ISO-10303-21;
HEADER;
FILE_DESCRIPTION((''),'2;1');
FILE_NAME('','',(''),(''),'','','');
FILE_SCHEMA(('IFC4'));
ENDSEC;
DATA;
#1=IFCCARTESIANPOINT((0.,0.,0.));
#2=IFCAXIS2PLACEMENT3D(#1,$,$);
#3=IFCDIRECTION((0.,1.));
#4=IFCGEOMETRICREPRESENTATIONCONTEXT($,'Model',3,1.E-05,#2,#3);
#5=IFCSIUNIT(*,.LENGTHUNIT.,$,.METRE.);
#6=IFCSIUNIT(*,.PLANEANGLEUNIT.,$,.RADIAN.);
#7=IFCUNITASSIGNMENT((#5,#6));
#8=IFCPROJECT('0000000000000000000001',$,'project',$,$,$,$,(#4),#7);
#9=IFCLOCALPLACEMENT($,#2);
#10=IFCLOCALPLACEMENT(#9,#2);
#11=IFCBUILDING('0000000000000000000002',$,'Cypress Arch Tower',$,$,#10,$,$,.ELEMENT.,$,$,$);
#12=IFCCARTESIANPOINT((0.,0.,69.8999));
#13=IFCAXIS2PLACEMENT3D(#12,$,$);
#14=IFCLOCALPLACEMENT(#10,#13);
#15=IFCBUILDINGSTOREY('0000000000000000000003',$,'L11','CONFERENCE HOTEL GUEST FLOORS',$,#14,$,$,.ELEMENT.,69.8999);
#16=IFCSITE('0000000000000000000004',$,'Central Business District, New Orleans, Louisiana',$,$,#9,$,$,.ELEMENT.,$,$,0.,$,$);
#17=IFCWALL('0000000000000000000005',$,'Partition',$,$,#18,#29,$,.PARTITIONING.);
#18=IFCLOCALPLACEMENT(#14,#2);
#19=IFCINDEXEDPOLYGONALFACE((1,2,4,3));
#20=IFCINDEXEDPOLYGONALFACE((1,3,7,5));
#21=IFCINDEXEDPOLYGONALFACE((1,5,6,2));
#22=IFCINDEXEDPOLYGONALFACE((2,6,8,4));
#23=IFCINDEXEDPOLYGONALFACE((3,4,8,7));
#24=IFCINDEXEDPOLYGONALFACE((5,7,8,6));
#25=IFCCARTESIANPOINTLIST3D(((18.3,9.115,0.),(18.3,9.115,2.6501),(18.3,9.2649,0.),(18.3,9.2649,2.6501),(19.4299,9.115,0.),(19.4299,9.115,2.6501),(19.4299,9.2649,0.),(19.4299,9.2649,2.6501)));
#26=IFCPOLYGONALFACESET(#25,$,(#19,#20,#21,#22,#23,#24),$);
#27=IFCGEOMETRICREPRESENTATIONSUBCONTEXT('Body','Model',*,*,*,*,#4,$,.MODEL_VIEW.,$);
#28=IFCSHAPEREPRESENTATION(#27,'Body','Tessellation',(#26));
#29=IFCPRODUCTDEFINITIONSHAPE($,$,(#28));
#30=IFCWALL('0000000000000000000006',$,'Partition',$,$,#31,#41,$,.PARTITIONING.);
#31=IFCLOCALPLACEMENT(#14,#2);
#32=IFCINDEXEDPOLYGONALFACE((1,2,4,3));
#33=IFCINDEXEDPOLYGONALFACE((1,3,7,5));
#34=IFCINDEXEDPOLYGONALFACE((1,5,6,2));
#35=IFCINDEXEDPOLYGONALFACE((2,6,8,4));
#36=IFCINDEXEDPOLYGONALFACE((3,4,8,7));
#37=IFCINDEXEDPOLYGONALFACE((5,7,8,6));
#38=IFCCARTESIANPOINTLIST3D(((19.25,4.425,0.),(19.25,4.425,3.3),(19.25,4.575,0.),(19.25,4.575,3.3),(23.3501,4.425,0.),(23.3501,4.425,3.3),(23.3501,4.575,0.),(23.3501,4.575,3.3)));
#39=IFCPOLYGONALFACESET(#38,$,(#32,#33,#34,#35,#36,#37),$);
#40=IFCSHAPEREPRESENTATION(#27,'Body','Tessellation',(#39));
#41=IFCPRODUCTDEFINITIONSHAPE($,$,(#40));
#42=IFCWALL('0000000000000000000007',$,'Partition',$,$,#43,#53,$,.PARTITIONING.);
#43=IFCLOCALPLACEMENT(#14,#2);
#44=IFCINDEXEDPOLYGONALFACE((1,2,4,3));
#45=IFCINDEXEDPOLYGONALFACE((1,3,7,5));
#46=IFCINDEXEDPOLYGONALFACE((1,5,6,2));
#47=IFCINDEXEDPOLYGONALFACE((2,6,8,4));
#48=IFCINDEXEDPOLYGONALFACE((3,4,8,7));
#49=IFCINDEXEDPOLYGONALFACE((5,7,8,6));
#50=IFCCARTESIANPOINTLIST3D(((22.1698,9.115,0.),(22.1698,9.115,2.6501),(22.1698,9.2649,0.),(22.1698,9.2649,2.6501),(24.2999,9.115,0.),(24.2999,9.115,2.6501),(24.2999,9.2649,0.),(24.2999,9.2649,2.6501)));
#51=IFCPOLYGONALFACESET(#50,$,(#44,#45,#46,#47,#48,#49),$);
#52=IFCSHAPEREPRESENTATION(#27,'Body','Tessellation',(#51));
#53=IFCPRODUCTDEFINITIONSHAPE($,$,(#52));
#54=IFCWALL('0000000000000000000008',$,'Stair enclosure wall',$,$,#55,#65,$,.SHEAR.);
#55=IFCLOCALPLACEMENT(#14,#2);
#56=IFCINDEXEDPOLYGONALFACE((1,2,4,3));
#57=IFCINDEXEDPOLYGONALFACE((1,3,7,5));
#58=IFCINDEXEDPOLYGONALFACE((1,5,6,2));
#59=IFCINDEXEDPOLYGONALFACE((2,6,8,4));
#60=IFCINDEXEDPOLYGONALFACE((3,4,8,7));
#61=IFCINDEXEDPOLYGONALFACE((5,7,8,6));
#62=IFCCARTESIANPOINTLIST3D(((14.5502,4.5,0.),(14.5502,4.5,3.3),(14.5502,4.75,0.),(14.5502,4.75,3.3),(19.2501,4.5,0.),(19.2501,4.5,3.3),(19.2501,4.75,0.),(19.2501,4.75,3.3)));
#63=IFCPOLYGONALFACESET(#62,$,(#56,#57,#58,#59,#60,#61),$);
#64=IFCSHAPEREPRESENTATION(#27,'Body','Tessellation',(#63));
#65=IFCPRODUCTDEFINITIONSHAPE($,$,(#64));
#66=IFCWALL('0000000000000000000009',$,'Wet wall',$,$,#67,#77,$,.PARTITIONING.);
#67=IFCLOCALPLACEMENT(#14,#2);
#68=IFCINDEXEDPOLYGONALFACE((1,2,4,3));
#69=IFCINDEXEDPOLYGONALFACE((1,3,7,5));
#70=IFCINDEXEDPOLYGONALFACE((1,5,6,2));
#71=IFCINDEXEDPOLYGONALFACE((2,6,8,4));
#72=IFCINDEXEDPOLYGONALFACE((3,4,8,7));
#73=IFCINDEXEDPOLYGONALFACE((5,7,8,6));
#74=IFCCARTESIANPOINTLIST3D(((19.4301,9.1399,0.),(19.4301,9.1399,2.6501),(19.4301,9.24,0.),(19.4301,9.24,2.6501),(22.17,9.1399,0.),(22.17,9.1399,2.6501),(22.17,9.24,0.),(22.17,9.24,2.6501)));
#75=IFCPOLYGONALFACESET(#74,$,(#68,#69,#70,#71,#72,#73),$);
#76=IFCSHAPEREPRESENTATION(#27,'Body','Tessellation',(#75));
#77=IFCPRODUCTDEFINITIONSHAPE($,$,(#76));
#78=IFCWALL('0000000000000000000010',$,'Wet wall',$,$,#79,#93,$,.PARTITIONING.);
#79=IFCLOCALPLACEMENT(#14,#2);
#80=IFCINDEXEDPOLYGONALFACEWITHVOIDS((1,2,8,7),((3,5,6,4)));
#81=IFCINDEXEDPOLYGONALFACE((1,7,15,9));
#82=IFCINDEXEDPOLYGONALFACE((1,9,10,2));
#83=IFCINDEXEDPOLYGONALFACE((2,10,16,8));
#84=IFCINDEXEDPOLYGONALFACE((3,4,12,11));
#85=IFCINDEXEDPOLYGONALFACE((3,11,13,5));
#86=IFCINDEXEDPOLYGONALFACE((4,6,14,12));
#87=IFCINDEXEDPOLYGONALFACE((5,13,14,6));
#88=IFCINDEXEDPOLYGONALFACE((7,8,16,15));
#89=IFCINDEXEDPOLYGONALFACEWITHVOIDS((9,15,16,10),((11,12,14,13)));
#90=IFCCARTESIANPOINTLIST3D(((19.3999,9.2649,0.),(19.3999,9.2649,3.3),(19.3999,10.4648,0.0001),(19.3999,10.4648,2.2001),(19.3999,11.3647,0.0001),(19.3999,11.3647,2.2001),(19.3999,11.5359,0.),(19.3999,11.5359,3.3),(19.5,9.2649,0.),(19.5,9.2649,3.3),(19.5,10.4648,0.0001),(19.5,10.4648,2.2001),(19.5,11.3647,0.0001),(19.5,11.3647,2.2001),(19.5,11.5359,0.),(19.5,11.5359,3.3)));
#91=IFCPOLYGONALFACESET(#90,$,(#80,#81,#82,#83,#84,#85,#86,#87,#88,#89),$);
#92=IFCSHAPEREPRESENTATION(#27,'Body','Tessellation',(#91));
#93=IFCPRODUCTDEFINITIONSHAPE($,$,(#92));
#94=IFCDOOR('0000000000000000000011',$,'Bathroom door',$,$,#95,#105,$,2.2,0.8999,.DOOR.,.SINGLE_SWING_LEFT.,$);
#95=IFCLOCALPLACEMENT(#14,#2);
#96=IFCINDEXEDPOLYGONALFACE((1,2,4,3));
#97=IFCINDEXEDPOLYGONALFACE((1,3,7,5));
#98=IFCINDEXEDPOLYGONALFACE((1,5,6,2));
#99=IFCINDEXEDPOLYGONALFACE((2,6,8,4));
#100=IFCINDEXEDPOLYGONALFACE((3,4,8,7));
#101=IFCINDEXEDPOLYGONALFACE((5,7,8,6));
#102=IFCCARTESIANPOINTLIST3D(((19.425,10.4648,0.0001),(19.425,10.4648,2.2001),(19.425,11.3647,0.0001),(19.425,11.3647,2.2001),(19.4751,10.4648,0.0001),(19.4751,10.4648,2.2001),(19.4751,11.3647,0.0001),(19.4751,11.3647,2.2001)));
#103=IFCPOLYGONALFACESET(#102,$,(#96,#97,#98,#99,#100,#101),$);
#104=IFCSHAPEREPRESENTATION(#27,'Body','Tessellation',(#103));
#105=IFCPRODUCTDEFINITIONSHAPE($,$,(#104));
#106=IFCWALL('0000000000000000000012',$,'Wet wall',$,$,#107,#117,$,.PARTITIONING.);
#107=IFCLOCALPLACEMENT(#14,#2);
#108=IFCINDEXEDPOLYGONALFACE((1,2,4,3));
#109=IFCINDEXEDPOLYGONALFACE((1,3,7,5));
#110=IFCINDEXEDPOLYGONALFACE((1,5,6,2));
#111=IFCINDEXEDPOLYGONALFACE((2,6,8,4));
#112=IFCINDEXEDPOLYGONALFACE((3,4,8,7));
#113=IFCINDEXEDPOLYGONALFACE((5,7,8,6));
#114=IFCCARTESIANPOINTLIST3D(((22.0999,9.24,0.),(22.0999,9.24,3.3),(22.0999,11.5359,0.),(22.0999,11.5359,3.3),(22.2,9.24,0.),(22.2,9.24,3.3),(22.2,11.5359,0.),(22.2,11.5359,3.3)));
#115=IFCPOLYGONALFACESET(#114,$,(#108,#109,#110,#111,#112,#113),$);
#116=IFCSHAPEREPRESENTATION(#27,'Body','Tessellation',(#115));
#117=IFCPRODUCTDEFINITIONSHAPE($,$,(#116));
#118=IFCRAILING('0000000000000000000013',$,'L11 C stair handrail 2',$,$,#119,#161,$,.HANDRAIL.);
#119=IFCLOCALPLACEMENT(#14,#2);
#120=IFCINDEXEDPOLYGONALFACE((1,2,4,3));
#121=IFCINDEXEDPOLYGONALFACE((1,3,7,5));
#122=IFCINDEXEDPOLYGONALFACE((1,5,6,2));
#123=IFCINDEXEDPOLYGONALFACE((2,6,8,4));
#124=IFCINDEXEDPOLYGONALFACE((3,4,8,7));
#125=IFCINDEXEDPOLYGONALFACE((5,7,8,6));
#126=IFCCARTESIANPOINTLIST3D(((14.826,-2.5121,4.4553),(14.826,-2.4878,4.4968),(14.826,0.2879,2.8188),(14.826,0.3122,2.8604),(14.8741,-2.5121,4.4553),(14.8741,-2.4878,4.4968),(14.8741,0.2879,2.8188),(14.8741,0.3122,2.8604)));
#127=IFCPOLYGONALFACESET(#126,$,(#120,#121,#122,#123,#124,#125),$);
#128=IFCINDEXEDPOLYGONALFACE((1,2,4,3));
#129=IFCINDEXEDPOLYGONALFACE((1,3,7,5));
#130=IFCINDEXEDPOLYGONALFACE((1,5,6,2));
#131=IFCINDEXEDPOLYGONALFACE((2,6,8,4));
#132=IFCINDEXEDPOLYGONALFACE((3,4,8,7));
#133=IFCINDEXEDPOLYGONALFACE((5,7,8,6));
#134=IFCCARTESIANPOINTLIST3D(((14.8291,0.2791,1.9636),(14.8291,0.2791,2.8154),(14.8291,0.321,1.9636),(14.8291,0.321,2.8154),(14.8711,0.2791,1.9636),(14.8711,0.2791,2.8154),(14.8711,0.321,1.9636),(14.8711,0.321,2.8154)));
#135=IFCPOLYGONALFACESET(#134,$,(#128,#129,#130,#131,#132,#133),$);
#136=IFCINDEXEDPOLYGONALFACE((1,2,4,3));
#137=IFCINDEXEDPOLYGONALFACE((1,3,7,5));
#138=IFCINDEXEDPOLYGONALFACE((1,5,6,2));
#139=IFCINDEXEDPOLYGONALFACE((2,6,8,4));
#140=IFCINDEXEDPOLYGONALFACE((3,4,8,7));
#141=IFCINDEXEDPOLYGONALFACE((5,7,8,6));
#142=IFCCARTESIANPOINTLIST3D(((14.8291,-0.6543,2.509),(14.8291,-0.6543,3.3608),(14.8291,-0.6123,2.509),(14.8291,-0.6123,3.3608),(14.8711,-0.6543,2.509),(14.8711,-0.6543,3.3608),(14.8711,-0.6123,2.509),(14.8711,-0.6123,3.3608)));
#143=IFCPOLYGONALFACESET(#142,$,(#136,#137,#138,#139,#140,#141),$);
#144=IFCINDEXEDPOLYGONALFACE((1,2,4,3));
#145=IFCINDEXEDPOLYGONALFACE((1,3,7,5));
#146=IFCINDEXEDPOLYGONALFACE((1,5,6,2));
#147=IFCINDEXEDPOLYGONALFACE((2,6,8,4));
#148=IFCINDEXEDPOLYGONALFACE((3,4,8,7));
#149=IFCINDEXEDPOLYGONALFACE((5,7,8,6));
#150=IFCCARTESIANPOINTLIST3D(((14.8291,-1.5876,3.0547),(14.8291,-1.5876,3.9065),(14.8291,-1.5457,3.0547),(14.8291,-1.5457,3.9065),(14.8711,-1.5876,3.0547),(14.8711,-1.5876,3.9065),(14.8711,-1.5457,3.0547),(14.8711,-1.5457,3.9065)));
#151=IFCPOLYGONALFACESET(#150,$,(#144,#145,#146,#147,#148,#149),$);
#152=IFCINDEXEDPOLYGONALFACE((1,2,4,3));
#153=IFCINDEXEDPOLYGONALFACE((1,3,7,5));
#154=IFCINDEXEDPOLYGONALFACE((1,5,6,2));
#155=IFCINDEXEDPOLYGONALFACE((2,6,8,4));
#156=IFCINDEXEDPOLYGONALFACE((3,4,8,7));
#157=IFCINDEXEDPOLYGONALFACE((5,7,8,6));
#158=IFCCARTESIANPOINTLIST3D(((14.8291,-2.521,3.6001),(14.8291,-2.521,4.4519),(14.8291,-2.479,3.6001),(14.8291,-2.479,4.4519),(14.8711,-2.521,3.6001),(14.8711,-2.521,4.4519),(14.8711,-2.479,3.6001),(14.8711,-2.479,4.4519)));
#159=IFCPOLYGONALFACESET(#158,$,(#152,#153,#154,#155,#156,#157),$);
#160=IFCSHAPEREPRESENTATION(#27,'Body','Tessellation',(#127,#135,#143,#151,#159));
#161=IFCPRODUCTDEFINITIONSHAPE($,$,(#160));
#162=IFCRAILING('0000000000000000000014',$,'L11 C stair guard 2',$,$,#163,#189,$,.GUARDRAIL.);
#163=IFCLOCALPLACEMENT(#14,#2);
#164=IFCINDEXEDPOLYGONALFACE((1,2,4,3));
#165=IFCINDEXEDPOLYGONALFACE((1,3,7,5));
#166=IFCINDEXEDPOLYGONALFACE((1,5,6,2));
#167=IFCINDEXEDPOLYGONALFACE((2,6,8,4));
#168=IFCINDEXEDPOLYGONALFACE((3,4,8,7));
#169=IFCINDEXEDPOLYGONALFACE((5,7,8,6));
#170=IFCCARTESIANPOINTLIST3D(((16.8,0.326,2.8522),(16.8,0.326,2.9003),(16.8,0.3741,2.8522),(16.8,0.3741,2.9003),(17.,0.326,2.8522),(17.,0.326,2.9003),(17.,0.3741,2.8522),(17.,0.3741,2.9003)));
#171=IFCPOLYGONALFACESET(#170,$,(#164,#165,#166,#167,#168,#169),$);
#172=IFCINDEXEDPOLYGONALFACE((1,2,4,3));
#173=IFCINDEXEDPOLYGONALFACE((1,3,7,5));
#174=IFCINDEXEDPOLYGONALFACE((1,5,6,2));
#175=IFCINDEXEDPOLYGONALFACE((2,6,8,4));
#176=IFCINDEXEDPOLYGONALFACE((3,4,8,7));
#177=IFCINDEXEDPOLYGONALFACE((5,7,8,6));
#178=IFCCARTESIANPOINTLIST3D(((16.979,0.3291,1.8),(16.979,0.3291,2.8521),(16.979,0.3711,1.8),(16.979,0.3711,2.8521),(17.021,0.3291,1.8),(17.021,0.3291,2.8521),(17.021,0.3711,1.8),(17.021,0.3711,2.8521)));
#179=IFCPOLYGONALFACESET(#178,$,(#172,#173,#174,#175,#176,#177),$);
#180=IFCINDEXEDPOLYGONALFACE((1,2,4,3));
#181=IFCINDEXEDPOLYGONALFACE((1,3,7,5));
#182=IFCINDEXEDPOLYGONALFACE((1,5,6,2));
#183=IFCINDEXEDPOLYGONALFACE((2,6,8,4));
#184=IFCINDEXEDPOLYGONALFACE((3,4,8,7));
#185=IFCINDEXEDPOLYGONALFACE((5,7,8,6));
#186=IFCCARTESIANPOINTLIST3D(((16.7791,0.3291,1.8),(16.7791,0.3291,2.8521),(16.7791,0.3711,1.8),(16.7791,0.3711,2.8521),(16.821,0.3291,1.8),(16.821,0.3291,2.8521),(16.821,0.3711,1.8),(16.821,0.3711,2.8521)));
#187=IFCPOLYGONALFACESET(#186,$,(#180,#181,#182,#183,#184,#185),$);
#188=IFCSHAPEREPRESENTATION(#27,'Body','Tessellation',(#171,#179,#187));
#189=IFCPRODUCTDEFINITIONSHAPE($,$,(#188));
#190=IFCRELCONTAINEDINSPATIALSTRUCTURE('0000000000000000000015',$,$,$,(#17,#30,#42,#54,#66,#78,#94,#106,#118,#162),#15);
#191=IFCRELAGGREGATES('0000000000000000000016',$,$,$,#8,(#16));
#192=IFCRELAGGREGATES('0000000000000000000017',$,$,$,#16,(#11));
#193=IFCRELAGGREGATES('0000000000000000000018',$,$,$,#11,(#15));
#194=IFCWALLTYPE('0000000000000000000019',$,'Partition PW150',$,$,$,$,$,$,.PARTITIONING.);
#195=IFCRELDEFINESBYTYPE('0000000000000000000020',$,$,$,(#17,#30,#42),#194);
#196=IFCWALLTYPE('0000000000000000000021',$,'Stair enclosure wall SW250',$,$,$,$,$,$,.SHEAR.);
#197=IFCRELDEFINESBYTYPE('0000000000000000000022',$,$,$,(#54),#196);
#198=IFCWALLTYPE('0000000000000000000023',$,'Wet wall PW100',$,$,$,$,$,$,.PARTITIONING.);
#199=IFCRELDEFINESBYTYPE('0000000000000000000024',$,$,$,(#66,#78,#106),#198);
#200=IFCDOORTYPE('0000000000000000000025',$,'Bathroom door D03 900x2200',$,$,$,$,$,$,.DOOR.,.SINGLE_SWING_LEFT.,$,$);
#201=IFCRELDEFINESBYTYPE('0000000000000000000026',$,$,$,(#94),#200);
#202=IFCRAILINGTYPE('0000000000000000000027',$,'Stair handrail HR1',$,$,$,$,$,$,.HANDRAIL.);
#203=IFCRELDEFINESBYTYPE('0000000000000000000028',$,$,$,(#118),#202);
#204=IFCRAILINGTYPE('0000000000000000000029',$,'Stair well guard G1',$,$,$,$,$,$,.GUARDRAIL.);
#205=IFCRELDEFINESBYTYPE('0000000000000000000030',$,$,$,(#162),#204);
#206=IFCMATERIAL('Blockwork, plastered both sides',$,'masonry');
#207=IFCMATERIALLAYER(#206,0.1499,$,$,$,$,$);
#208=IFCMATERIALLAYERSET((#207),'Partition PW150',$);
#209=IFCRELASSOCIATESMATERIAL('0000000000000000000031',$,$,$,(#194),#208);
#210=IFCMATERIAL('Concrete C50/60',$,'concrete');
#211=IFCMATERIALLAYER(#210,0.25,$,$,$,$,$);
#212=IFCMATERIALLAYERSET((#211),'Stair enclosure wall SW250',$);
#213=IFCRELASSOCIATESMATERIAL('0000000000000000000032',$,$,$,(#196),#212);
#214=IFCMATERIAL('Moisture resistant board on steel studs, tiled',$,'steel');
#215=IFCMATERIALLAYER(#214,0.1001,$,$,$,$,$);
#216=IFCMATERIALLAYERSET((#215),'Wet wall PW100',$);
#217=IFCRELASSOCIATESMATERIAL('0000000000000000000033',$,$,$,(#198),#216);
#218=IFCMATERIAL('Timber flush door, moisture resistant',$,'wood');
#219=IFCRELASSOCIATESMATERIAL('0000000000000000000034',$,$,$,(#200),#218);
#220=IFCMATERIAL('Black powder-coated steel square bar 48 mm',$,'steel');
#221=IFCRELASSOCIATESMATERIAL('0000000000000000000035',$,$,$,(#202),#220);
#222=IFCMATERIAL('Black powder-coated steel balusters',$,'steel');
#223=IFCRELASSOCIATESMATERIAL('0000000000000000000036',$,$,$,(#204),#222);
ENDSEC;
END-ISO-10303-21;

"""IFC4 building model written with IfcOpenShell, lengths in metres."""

from ifc_helpers import new_model, si_unit, direction, frame, frame_2d, origin, origin_2d, place, context, subcontext, project, spatial, rectangle, extrude, material, layer, layer_set, type_object, element, fill, save


model = new_model("IFC4")

# Units and contexts
model_context = context("Model", 3, precision=1e-05, world=origin(), true_north=direction((0.0, 1.0)))
body_context = subcontext(model_context, "Body", "Model", "MODEL_VIEW")
ifc_project = project(units=[si_unit("LENGTHUNIT", "METRE"), si_unit("PLANEANGLEUNIT", "RADIAN")], contexts=[model_context])

# Site, building, storey
site_placement = place(None, origin())
site = spatial("IfcSite", under=ifc_project, at=site_placement, Name="Central Business District, New Orleans, Louisiana", CompositionType="ELEMENT", RefElevation=0.0)
building_placement = place(site_placement, origin())
building = spatial("IfcBuilding", under=site, at=building_placement, Name="Cypress Arch Tower", CompositionType="ELEMENT")
storey_placement = place(building_placement, frame((0.0, 0.0, 69.8999)))
storey = spatial("IfcBuildingStorey", under=building, at=storey_placement, Name="L11", Description="CONFERENCE HOTEL GUEST FLOORS", CompositionType="ELEMENT", Elevation=69.8999)

# Walls
ifc_material_1 = material(Name="Blockwork, plastered both sides", Category="masonry")
ifc_layer_1 = layer(ifc_material_1, 0.1499)
ifc_layer_set_1 = layer_set([ifc_layer_1], Name="Partition PW150")
wall_type_1 = type_object("IfcWallType", Name="Partition PW150", PredefinedType="PARTITIONING", material=ifc_layer_set_1)
wall_1_placement = place(storey_placement, frame((18.3, 9.1899, 0.0), z_axis=(0.0, 0.0, 1.0), x_axis=(1.0, 0.0, 0.0)))
element("IfcWall", 1, at=wall_1_placement, inside=storey, type_object=wall_type_1, Name="Partition", PredefinedType="PARTITIONING", context=body_context, shape_type="SweptSolid", body=[
    extrude(rectangle(XDim=1.1299, YDim=0.1499, at=frame_2d((0.5649, 0.0))), origin(), (0.0, 0.0, 1.0), 2.6501),
])
wall_2_placement = place(storey_placement, frame((19.25, 4.5, 0.0), z_axis=(0.0, 0.0, 1.0), x_axis=(1.0, 0.0, 0.0)))
element("IfcWall", 2, at=wall_2_placement, inside=storey, type_object=wall_type_1, Name="Partition", PredefinedType="PARTITIONING", context=body_context, shape_type="SweptSolid", body=[
    extrude(rectangle(XDim=4.1001, YDim=0.1499, at=frame_2d((2.05, 0.0))), origin(), (0.0, 0.0, 1.0), 3.3),
])
wall_3_placement = place(storey_placement, frame((22.1699, 9.1899, 0.0), z_axis=(0.0, 0.0, 1.0), x_axis=(1.0, 0.0, 0.0)))
element("IfcWall", 3, at=wall_3_placement, inside=storey, type_object=wall_type_1, Name="Partition", PredefinedType="PARTITIONING", context=body_context, shape_type="SweptSolid", body=[
    extrude(rectangle(XDim=2.1301, YDim=0.1499, at=frame_2d((1.0649, 0.0))), origin(), (0.0, 0.0, 1.0), 2.6501),
])
ifc_material_2 = material(Name="Concrete C50/60", Category="concrete")
ifc_layer_2 = layer(ifc_material_2, 0.25)
ifc_layer_set_2 = layer_set([ifc_layer_2], Name="Stair enclosure wall SW250")
wall_type_2 = type_object("IfcWallType", Name="Stair enclosure wall SW250", PredefinedType="SHEAR", material=ifc_layer_set_2)
wall_4_placement = place(storey_placement, frame((14.55, 4.625, 0.0), z_axis=(0.0, 0.0, 1.0), x_axis=(1.0, 0.0, 0.0)))
element("IfcWall", 4, at=wall_4_placement, inside=storey, type_object=wall_type_2, Name="Stair enclosure wall", PredefinedType="SHEAR", context=body_context, shape_type="SweptSolid", body=[
    extrude(rectangle(XDim=4.7, YDim=0.25, at=frame_2d((2.3501, 0.0))), origin(), (0.0, 0.0, 1.0), 3.3),
])
ifc_material_3 = material(Name="Moisture resistant board on steel studs, tiled", Category="steel")
ifc_layer_3 = layer(ifc_material_3, 0.1001)
ifc_layer_set_3 = layer_set([ifc_layer_3], Name="Wet wall PW100")
wall_type_3 = type_object("IfcWallType", Name="Wet wall PW100", PredefinedType="PARTITIONING", material=ifc_layer_set_3)
wall_5_placement = place(storey_placement, frame((19.4299, 9.1899, 0.0), z_axis=(0.0, 0.0, 1.0), x_axis=(1.0, 0.0, 0.0)))
element("IfcWall", 5, at=wall_5_placement, inside=storey, type_object=wall_type_3, Name="Wet wall", PredefinedType="PARTITIONING", context=body_context, shape_type="SweptSolid", body=[
    extrude(rectangle(XDim=2.74, YDim=0.1001, at=frame_2d((1.3701, 0.0))), origin(), (0.0, 0.0, 1.0), 2.6501),
])

# Wall, opening, door
wall_6_placement = place(storey_placement, frame((19.45, 9.2649, 0.0), z_axis=(0.0, 0.0, 1.0), x_axis=(0.0, 1.0, 0.0)))
wall_6 = element("IfcWall", 6, at=wall_6_placement, inside=storey, type_object=wall_type_3, Name="Wet wall", PredefinedType="PARTITIONING", context=body_context, shape_type="SweptSolid", body=[
    extrude(rectangle(XDim=2.271, YDim=0.1001, at=frame_2d((1.1355, 0.0))), origin(), (0.0, 0.0, 1.0), 3.3),
])
opening_1_placement = place(wall_6_placement, frame((1.2, 0.0, 0.0)))
opening_1 = element("IfcOpeningElement", 7, at=opening_1_placement, cuts=wall_6, PredefinedType="OPENING", context=body_context, shape_type="SweptSolid", body=[
    extrude(rectangle(XDim=0.8999, YDim=2.2, at=frame_2d((0.45, 1.1001))), frame((0.0, 0.0601, 0.0), z_axis=(0.0, -1.0, 0.0), x_axis=(1.0, 0.0, 0.0)), (0.0, 0.0, 1.0), 0.1201),
])
ifc_material_4 = material(Name="Timber flush door, moisture resistant", Category="wood")
door_type_1 = type_object("IfcDoorType", Name="Bathroom door D03 900x2200", OperationType="SINGLE_SWING_LEFT", PredefinedType="DOOR", material=ifc_material_4)
door_1_placement = place(opening_1_placement, origin())
door_1 = element("IfcDoor", 8, at=door_1_placement, inside=storey, type_object=door_type_1, Name="Bathroom door", OperationType="SINGLE_SWING_LEFT", OverallHeight=2.2, OverallWidth=0.8999, PredefinedType="DOOR", context=body_context, shape_type="SweptSolid", body=[
    extrude(rectangle(XDim=0.8999, YDim=2.2, at=frame_2d((0.45, 1.1001))), frame((0.0, 0.0249, 0.0), z_axis=(0.0, -1.0, 0.0), x_axis=(1.0, 0.0, 0.0)), (0.0, 0.0, 1.0), 0.05),
])
fill(opening_1, door_1)

# Wall
wall_7_placement = place(storey_placement, frame((22.1499, 9.24, 0.0), z_axis=(0.0, 0.0, 1.0), x_axis=(0.0, 1.0, 0.0)))
element("IfcWall", 9, at=wall_7_placement, inside=storey, type_object=wall_type_3, Name="Wet wall", PredefinedType="PARTITIONING", context=body_context, shape_type="SweptSolid", body=[
    extrude(rectangle(XDim=2.2959, YDim=0.1001, at=frame_2d((1.1479, 0.0))), origin(), (0.0, 0.0, 1.0), 3.3),
])

# Railings
ifc_material_5 = material(Name="Black powder-coated steel square bar 48 mm", Category="steel")
railing_type_1 = type_object("IfcRailingType", Name="Stair handrail HR1", PredefinedType="HANDRAIL", material=ifc_material_5)
railing_1_placement = place(storey_placement, frame((14.8501, 0.3, 1.9636)))
element("IfcRailing", 10, at=railing_1_placement, inside=storey, type_object=railing_type_1, Name="L11 C stair handrail 2", PredefinedType="HANDRAIL", context=body_context, shape_type="SweptSolid", body=[
    extrude(rectangle(XDim=0.0481, YDim=0.0481, at=origin_2d()), frame((0.0, 0.0, 0.876), z_axis=(0.0, -0.863361, 0.504587), x_axis=(1.0, 0.0, 0.0)), (0.0, 0.0, 1.0), 3.2432),
    extrude(rectangle(XDim=0.042, YDim=0.042, at=origin_2d()), origin(), (0.0, 0.0, 1.0), 0.8518),
    extrude(rectangle(XDim=0.042, YDim=0.042, at=origin_2d()), frame((0.0, -0.9333, 0.5454)), (0.0, 0.0, 1.0), 0.8518),
    extrude(rectangle(XDim=0.042, YDim=0.042, at=origin_2d()), frame((0.0, -1.8667, 1.0911)), (0.0, 0.0, 1.0), 0.8518),
    extrude(rectangle(XDim=0.042, YDim=0.042, at=origin_2d()), frame((0.0, -2.8, 1.6365)), (0.0, 0.0, 1.0), 0.8518),
])
ifc_material_6 = material(Name="Black powder-coated steel balusters", Category="steel")
railing_type_2 = type_object("IfcRailingType", Name="Stair well guard G1", PredefinedType="GUARDRAIL", material=ifc_material_6)
railing_2_placement = place(storey_placement, frame((17.0, 0.3501, 1.8)))
element("IfcRailing", 11, at=railing_2_placement, inside=storey, type_object=railing_type_2, Name="L11 C stair guard 2", PredefinedType="GUARDRAIL", context=body_context, shape_type="SweptSolid", body=[
    extrude(rectangle(XDim=0.0481, YDim=0.0481, at=origin_2d()), frame((0.0, 0.0, 1.0762), z_axis=(-1.0, 0.0, 0.0), x_axis=(0.0, -1.0, 0.0)), (0.0, 0.0, 1.0), 0.2),
    extrude(rectangle(XDim=0.042, YDim=0.042, at=origin_2d()), origin(), (0.0, 0.0, 1.0), 1.052),
    extrude(rectangle(XDim=0.042, YDim=0.042, at=origin_2d()), frame((-0.2, 0.0, 0.0)), (0.0, 0.0, 1.0), 1.052),
])

save(model, "model.ifc")
